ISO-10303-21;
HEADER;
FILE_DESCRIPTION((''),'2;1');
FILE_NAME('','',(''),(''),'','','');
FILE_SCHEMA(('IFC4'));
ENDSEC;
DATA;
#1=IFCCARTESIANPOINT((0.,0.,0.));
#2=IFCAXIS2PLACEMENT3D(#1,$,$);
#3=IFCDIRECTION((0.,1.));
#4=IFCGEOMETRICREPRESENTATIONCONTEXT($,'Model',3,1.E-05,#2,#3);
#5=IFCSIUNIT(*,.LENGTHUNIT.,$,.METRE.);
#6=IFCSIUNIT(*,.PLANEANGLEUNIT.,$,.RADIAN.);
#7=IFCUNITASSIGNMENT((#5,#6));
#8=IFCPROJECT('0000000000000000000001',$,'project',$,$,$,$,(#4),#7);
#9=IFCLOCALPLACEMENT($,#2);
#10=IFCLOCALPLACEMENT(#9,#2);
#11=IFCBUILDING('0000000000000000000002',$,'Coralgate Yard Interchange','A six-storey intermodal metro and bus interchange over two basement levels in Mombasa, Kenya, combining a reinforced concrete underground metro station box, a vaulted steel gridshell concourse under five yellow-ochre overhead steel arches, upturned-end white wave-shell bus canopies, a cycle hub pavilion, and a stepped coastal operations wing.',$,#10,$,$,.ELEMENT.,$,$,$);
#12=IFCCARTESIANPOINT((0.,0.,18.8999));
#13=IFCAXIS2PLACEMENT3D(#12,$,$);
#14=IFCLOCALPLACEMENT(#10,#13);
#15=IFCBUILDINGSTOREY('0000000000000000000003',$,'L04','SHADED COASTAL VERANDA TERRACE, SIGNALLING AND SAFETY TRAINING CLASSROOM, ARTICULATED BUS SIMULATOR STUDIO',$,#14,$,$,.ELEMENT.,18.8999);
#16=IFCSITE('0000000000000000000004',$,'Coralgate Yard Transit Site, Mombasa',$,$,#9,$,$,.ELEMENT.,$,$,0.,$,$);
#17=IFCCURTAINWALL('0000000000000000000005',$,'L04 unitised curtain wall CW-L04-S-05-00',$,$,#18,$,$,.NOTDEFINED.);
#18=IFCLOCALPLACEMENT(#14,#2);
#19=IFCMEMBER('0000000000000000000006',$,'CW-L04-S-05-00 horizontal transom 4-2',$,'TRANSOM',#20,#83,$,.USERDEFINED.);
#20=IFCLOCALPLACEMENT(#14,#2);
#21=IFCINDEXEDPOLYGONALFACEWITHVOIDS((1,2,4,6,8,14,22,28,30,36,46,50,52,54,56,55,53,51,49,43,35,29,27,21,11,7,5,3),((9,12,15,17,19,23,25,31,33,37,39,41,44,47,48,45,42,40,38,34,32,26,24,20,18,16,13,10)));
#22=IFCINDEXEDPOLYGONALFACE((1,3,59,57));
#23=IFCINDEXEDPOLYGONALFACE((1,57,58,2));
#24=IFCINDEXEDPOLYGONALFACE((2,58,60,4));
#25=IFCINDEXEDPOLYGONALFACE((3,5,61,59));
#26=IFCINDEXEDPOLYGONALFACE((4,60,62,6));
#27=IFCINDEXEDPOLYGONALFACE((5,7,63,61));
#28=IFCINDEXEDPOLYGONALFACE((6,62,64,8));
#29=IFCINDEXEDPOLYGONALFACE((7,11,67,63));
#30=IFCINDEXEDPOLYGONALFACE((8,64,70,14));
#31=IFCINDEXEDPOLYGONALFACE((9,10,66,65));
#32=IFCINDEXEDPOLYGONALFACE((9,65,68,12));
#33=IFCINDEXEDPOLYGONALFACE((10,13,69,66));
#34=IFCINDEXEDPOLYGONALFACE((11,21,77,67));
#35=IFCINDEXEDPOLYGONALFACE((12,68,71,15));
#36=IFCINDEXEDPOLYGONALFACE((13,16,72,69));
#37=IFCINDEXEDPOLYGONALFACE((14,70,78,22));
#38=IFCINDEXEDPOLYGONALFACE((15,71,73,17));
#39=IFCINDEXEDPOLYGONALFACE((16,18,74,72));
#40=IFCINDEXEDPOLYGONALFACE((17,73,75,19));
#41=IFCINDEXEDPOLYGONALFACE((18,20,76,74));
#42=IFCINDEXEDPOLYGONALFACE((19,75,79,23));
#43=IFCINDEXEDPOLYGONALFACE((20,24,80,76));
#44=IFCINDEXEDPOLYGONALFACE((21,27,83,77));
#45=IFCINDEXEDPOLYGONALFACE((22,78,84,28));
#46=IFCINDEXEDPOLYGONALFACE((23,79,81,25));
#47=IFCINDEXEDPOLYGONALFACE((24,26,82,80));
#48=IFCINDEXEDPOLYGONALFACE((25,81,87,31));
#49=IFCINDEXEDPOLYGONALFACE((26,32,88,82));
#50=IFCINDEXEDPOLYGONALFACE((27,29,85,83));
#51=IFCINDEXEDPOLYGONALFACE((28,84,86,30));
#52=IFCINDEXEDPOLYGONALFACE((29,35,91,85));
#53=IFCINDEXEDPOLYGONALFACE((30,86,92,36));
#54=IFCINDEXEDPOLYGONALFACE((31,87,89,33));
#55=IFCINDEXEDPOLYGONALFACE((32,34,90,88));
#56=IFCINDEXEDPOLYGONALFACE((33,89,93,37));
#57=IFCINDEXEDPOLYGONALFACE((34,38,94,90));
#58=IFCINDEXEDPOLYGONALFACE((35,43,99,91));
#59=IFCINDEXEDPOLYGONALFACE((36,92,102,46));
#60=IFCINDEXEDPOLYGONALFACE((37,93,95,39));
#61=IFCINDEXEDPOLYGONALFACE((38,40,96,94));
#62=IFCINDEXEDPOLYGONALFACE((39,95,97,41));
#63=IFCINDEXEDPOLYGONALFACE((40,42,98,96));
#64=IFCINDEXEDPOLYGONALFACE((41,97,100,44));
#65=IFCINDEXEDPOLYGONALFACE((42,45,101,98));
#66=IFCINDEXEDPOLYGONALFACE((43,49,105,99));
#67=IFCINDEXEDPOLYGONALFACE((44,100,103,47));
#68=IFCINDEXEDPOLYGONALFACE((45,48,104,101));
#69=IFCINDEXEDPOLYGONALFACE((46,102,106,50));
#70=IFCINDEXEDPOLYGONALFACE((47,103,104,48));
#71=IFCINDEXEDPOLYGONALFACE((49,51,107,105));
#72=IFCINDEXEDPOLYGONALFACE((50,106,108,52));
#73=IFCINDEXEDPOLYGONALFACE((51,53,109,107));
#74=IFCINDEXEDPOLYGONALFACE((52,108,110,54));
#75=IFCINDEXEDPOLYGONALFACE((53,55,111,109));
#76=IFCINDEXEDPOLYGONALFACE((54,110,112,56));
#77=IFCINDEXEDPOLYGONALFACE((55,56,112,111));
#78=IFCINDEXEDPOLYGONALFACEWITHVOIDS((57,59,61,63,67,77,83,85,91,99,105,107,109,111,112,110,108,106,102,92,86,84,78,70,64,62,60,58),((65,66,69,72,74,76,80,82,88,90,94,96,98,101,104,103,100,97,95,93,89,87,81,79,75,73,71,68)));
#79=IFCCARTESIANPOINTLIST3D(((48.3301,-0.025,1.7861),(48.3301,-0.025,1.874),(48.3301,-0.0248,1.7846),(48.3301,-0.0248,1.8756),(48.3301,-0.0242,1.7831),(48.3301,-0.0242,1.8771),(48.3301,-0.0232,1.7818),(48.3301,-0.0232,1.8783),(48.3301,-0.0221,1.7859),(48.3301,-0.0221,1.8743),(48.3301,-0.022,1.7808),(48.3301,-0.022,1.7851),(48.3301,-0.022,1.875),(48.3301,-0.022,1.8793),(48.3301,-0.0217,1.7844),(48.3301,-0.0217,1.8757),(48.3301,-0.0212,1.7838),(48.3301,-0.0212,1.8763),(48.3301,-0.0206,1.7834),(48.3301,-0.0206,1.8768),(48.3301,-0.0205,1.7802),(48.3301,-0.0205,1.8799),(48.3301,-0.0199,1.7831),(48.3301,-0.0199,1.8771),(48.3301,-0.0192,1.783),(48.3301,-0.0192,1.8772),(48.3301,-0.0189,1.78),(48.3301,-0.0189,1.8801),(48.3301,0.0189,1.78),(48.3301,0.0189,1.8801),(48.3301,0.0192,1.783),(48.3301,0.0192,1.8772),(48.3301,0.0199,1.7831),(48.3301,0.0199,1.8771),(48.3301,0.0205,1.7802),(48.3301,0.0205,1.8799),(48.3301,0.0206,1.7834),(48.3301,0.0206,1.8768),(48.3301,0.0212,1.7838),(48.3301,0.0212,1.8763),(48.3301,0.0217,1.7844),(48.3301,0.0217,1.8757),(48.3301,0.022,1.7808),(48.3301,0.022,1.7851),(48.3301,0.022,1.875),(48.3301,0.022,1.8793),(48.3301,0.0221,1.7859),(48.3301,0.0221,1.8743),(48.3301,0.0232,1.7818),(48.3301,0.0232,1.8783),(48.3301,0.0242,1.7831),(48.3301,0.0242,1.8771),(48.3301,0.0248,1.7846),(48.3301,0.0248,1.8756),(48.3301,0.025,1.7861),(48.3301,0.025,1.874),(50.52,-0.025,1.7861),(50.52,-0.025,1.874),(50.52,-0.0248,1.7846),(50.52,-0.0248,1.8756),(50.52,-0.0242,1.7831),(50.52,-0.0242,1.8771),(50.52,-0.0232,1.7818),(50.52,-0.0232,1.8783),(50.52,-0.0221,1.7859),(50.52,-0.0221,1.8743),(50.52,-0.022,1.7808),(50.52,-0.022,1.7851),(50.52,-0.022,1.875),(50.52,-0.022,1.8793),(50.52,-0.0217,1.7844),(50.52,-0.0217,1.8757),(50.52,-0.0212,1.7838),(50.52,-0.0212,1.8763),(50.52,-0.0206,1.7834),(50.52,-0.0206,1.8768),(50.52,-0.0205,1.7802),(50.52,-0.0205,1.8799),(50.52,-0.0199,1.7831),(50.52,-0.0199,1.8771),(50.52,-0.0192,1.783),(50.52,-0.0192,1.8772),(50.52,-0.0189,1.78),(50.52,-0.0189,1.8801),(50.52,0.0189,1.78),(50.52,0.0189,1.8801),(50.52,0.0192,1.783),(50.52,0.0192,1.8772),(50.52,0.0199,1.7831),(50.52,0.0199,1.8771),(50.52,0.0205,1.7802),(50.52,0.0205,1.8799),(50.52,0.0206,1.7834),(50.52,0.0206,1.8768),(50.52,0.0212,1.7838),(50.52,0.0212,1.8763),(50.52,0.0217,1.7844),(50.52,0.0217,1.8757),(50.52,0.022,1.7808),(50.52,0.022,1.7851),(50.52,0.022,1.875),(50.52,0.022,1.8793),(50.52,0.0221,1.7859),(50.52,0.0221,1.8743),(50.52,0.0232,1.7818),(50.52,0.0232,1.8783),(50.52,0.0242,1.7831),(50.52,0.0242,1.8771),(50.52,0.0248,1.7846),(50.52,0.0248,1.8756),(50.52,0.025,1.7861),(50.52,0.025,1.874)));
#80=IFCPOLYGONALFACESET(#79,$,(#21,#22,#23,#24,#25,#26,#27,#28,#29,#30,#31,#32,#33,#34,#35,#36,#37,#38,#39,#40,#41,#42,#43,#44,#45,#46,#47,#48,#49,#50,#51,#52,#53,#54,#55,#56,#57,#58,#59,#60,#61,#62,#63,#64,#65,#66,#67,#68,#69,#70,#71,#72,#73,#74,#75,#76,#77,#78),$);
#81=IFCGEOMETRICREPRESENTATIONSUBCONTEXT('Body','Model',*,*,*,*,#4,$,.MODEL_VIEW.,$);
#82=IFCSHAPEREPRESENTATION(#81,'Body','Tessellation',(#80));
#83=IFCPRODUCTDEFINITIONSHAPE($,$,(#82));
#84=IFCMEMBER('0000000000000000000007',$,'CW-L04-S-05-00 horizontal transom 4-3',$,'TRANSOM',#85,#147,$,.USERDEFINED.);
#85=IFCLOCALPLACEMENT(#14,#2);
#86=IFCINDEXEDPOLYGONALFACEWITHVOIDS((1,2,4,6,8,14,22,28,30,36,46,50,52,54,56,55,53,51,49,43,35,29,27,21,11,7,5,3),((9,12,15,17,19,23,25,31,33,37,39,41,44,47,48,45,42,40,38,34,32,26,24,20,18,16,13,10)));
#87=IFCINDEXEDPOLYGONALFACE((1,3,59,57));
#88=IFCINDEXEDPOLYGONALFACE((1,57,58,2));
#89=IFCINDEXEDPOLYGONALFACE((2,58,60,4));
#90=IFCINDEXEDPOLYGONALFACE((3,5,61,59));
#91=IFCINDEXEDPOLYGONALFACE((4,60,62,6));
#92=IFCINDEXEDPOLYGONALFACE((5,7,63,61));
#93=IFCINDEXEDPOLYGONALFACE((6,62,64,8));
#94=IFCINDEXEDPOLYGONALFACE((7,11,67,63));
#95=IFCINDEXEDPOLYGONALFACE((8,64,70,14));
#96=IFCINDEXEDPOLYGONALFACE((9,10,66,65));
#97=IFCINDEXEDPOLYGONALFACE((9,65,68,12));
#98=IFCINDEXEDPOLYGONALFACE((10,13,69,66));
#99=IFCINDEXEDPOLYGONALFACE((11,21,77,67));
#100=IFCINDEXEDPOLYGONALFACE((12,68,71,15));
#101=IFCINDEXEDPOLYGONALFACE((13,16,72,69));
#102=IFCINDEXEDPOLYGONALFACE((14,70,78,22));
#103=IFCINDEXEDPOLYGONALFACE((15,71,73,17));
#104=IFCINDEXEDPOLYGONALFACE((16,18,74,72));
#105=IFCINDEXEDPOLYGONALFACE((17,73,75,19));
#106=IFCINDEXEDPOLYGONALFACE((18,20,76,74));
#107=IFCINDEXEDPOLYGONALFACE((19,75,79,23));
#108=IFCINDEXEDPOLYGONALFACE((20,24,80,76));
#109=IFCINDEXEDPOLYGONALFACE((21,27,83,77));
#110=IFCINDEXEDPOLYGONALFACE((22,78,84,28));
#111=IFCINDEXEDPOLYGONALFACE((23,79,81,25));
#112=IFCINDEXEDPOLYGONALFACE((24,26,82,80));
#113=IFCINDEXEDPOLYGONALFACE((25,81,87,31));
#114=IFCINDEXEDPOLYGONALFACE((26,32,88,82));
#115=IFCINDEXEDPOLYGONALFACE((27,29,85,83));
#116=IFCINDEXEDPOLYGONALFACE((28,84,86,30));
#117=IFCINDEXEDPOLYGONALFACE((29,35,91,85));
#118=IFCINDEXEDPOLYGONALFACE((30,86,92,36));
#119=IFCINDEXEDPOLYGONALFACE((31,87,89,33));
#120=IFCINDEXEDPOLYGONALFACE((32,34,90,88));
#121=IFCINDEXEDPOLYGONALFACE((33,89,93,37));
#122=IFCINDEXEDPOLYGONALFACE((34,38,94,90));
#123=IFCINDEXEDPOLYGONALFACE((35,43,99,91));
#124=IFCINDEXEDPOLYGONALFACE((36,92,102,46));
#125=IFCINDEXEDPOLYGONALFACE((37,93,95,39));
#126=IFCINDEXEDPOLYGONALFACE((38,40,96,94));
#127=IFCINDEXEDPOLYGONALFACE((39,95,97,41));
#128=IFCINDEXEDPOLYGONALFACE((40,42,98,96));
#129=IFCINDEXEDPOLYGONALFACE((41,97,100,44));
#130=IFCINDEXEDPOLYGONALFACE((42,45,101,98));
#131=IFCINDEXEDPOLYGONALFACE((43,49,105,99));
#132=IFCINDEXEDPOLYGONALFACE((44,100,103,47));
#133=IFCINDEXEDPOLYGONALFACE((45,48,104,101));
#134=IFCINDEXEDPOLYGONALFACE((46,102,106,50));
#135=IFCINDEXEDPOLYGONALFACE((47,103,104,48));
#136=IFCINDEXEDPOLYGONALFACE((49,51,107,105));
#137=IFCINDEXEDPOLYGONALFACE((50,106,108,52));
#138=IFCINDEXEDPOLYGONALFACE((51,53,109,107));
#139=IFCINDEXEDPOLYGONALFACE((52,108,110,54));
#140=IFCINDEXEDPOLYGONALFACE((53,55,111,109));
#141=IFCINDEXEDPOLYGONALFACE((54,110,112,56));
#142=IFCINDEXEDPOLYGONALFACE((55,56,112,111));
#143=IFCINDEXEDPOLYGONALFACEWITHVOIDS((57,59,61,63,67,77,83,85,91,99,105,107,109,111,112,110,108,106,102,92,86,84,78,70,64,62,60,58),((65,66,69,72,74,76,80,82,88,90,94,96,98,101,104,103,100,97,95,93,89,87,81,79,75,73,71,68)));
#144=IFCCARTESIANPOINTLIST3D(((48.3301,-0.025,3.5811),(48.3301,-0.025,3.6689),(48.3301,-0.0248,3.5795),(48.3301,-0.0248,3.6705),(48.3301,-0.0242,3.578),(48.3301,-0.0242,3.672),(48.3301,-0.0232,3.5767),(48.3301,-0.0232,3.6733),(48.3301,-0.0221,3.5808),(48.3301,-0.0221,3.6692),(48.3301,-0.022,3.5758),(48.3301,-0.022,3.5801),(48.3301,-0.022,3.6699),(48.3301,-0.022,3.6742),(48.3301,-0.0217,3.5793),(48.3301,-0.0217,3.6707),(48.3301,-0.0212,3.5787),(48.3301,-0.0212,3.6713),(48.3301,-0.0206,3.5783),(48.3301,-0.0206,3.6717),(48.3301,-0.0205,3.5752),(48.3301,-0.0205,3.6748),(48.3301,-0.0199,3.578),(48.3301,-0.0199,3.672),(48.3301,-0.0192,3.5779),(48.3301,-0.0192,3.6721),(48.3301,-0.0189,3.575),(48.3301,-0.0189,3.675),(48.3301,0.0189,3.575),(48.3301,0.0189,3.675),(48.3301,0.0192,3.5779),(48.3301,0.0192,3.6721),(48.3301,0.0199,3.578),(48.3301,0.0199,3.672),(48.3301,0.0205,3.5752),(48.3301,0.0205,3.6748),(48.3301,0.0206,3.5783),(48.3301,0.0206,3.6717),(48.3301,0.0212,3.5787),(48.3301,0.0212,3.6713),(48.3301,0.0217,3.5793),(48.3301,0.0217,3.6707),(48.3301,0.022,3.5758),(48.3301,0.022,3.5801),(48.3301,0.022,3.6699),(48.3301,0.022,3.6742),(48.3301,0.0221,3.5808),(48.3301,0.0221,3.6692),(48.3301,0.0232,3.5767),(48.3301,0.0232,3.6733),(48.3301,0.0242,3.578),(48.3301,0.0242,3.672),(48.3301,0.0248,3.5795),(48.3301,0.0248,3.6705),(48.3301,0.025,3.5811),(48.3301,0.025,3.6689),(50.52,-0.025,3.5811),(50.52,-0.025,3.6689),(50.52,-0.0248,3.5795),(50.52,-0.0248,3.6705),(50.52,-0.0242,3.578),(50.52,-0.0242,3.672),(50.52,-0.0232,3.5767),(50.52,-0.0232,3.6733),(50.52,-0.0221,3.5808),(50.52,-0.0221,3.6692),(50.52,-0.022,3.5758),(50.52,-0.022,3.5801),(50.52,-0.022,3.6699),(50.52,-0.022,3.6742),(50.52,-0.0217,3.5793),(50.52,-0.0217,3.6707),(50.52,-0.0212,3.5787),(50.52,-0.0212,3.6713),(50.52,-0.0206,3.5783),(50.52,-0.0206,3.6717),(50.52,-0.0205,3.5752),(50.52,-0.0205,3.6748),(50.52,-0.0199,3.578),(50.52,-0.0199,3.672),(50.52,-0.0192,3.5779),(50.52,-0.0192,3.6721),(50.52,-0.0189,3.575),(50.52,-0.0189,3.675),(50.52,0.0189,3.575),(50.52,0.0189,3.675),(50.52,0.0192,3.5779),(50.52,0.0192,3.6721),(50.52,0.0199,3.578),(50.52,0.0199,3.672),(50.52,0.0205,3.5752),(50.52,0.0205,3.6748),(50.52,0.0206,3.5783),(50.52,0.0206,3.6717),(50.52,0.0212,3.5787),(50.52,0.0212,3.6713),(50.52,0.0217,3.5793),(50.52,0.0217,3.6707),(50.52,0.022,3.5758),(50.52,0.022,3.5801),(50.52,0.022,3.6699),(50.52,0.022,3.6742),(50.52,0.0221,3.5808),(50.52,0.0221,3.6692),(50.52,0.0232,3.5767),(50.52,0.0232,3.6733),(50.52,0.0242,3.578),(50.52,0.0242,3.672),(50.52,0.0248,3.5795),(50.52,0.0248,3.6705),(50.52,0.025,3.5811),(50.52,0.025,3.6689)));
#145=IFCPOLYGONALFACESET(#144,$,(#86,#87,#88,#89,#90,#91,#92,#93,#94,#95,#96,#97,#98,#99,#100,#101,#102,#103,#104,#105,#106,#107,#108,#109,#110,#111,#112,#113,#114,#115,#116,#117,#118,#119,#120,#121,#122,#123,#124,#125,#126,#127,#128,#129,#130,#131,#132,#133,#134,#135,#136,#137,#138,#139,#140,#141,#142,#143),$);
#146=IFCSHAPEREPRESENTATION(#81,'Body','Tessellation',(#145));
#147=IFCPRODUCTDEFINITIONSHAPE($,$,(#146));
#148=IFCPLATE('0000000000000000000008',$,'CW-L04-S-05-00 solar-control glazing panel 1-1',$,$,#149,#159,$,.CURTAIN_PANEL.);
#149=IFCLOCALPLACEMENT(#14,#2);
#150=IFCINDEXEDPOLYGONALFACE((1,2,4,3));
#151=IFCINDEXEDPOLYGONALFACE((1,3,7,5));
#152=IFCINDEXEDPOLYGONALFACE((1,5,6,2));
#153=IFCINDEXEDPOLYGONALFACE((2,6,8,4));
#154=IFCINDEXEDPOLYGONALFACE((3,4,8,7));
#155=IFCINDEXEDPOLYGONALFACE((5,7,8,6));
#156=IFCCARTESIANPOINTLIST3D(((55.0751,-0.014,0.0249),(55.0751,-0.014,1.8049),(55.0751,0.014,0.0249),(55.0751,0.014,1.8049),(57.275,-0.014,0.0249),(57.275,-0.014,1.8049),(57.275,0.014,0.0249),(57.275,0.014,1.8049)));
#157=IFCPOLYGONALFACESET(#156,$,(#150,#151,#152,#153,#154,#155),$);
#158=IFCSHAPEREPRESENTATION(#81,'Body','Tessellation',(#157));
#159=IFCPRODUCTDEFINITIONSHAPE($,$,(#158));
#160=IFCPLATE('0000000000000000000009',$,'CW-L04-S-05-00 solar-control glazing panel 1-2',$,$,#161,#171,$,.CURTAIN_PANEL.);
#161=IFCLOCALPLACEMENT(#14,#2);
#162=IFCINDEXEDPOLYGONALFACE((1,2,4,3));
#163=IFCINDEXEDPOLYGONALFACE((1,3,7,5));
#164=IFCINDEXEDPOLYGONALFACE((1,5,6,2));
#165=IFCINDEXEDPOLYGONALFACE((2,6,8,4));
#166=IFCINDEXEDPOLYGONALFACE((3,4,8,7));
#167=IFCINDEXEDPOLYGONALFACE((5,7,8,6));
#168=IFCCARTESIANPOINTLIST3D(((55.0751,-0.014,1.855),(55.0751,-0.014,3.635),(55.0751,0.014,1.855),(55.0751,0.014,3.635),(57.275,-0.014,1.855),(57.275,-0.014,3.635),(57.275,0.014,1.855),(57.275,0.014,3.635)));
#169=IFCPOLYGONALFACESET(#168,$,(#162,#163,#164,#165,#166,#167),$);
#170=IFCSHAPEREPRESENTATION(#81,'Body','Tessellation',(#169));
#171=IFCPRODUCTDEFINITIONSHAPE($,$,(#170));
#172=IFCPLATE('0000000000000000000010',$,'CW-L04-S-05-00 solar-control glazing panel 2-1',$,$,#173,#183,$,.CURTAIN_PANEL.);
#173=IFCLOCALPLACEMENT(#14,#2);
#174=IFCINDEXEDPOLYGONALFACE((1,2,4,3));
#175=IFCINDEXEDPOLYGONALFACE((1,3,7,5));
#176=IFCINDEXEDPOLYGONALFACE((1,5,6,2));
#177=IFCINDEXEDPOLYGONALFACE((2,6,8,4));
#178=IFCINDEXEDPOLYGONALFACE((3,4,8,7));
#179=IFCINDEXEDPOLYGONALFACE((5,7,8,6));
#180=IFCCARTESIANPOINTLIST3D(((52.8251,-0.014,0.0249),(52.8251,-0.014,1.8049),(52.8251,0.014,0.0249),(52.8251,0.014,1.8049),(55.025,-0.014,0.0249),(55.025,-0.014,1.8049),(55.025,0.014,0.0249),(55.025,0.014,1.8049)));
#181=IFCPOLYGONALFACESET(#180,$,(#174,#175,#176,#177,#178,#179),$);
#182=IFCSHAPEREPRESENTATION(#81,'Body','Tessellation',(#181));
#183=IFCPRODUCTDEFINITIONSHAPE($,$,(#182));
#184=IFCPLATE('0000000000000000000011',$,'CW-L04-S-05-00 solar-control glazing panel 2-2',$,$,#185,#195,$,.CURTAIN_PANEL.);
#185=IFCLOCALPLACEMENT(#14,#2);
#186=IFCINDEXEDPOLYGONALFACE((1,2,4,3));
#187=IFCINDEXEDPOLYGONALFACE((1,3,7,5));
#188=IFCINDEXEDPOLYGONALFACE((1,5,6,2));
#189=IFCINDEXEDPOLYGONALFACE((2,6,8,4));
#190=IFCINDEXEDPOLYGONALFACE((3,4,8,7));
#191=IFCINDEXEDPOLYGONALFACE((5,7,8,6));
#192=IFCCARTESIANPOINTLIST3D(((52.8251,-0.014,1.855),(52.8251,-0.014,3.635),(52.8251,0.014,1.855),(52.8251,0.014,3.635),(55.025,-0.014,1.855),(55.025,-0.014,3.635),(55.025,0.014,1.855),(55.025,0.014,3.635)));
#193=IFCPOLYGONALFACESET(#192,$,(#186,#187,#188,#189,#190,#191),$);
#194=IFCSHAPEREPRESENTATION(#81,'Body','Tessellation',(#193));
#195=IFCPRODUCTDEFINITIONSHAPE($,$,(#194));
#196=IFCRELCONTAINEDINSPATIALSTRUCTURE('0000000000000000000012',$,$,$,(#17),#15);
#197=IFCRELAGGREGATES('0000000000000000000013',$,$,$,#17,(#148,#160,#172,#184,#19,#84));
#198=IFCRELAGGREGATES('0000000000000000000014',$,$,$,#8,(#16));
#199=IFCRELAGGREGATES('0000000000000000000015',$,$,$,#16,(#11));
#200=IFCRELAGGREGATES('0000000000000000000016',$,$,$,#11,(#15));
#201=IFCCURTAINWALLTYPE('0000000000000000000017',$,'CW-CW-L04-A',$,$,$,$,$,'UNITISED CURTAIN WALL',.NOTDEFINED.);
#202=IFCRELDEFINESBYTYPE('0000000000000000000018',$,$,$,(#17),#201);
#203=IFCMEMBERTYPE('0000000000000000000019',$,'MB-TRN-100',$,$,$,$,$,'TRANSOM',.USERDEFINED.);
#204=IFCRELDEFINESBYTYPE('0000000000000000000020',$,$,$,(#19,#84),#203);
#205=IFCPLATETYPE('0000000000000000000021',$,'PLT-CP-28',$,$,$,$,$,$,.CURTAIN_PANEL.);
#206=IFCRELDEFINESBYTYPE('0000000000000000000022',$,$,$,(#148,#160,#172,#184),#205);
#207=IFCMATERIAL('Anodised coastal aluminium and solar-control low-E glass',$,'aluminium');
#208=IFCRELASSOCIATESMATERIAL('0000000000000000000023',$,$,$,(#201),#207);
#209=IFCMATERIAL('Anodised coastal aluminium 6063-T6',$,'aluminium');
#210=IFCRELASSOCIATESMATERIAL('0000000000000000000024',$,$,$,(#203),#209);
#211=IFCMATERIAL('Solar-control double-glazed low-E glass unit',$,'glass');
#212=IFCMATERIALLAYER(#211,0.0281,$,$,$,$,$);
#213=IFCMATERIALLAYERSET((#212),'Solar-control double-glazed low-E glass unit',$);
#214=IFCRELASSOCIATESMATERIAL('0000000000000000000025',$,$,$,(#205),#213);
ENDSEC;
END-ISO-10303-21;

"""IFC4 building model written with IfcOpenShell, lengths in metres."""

from ifc_helpers import new_model, si_unit, direction, frame, origin, origin_2d, place, context, subcontext, project, spatial, rectangle, hollow_rectangle, extrude, material, layer, layer_set, material_profile, profile_set, type_object, element, aggregate, save


model = new_model("IFC4")

# Units and contexts
model_context = context("Model", 3, precision=1e-05, world=origin(), true_north=direction((0.0, 1.0)))
body_context = subcontext(model_context, "Body", "Model", "MODEL_VIEW")
ifc_project = project(units=[si_unit("LENGTHUNIT", "METRE"), si_unit("PLANEANGLEUNIT", "RADIAN")], contexts=[model_context])

# Site, building, storey
site_placement = place(None, origin())
site = spatial("IfcSite", under=ifc_project, at=site_placement, Name="Coralgate Yard Transit Site, Mombasa", CompositionType="ELEMENT", RefElevation=0.0)
building_placement = place(site_placement, origin())
building = spatial("IfcBuilding", under=site, at=building_placement, Name="Coralgate Yard Interchange", Description="A six-storey intermodal metro and bus interchange over two basement levels in Mombasa, Kenya, combining a reinforced concrete underground metro station box, a vaulted steel gridshell concourse under five yellow-ochre overhead steel arches, upturned-end white wave-shell bus canopies, a cycle hub pavilion, and a stepped coastal operations wing.", CompositionType="ELEMENT")
storey_placement = place(building_placement, frame((0.0, 0.0, 18.8999)))
storey = spatial("IfcBuildingStorey", under=building, at=storey_placement, Name="L04", Description="SHADED COASTAL VERANDA TERRACE, SIGNALLING AND SAFETY TRAINING CLASSROOM, ARTICULATED BUS SIMULATOR STUDIO", CompositionType="ELEMENT", Elevation=18.8999)

# Curtain wall
ifc_material_1 = material(Name="Anodised coastal aluminium and solar-control low-E glass", Category="aluminium")
curtain_wall_type = type_object("IfcCurtainWallType", Name="CW-CW-L04-A", ElementType="UNITISED CURTAIN WALL", PredefinedType="NOTDEFINED", material=ifc_material_1)
curtain_wall_1_placement = place(storey_placement, origin())
curtain_wall_1 = element("IfcCurtainWall", 1, at=curtain_wall_1_placement, inside=storey, type_object=curtain_wall_type, Name="L04 unitised curtain wall CW-L04-S-05-00", PredefinedType="NOTDEFINED")
ifc_material_2 = material(Name="Anodised coastal aluminium 6063-T6", Category="aluminium")

# Members
ifc_material_profile_1 = material_profile(ifc_material_2, hollow_rectangle(XDim=0.05, YDim=0.1001, WallThickness=0.0029, InnerFilletRadius=0.0029, OuterFilletRadius=0.0061, at=origin_2d()), Name="ALU 50x100x3")
ifc_profile_set_1 = profile_set([ifc_material_profile_1], Name="Anodised coastal aluminium 6063-T6")
member_type_1 = type_object("IfcMemberType", Name="MB-TRN-100", ElementType="TRANSOM", PredefinedType="USERDEFINED", material=ifc_profile_set_1)
member_1_placement = place(storey_placement, frame((50.52, 0.0, 1.8301), z_axis=(-1.0, 0.0, 0.0), x_axis=(0.0, -1.0, 0.0)))
member_1 = element("IfcMember", 2, at=member_1_placement, type_object=member_type_1, Name="CW-L04-S-05-00 horizontal transom 4-2", ObjectType="TRANSOM", PredefinedType="USERDEFINED", context=body_context, shape_type="SweptSolid", body=[
    extrude(hollow_rectangle(XDim=0.05, YDim=0.1001, WallThickness=0.0029, InnerFilletRadius=0.0029, OuterFilletRadius=0.0061, at=origin_2d()), origin(), (0.0, 0.0, 1.0), 2.1899),
])
member_2_placement = place(storey_placement, frame((50.52, 0.0, 3.625), z_axis=(-1.0, 0.0, 0.0), x_axis=(0.0, -1.0, 0.0)))
member_2 = element("IfcMember", 3, at=member_2_placement, type_object=member_type_1, Name="CW-L04-S-05-00 horizontal transom 4-3", ObjectType="TRANSOM", PredefinedType="USERDEFINED", context=body_context, shape_type="SweptSolid", body=[
    extrude(hollow_rectangle(XDim=0.05, YDim=0.1001, WallThickness=0.0029, InnerFilletRadius=0.0029, OuterFilletRadius=0.0061, at=origin_2d()), origin(), (0.0, 0.0, 1.0), 2.1899),
])

# Plates
ifc_material_3 = material(Name="Solar-control double-glazed low-E glass unit", Category="glass")
ifc_layer = layer(ifc_material_3, 0.0281)
ifc_layer_set = layer_set([ifc_layer], Name="Solar-control double-glazed low-E glass unit")
plate_type = type_object("IfcPlateType", Name="PLT-CP-28", PredefinedType="CURTAIN_PANEL", material=ifc_layer_set)
plate_1_placement = place(storey_placement, frame((56.175, 0.0, 0.0249), z_axis=(0.0, 0.0, 1.0), x_axis=(-1.0, 0.0, 0.0)))
plate_1 = element("IfcPlate", 4, at=plate_1_placement, type_object=plate_type, Name="CW-L04-S-05-00 solar-control glazing panel 1-1", PredefinedType="CURTAIN_PANEL", context=body_context, shape_type="SweptSolid", body=[
    extrude(rectangle(XDim=2.2, YDim=0.0281, at=origin_2d()), origin(), (0.0, 0.0, 1.0), 1.78),
])
plate_2_placement = place(storey_placement, frame((56.175, 0.0, 1.855), z_axis=(0.0, 0.0, 1.0), x_axis=(-1.0, 0.0, 0.0)))
plate_2 = element("IfcPlate", 5, at=plate_2_placement, type_object=plate_type, Name="CW-L04-S-05-00 solar-control glazing panel 1-2", PredefinedType="CURTAIN_PANEL", context=body_context, shape_type="SweptSolid", body=[
    extrude(rectangle(XDim=2.2, YDim=0.0281, at=origin_2d()), origin(), (0.0, 0.0, 1.0), 1.78),
])
plate_3_placement = place(storey_placement, frame((53.925, 0.0, 0.0249), z_axis=(0.0, 0.0, 1.0), x_axis=(-1.0, 0.0, 0.0)))
plate_3 = element("IfcPlate", 6, at=plate_3_placement, type_object=plate_type, Name="CW-L04-S-05-00 solar-control glazing panel 2-1", PredefinedType="CURTAIN_PANEL", context=body_context, shape_type="SweptSolid", body=[
    extrude(rectangle(XDim=2.2, YDim=0.0281, at=origin_2d()), origin(), (0.0, 0.0, 1.0), 1.78),
])
plate_4_placement = place(storey_placement, frame((53.925, 0.0, 1.855), z_axis=(0.0, 0.0, 1.0), x_axis=(-1.0, 0.0, 0.0)))
plate_4 = element("IfcPlate", 7, at=plate_4_placement, type_object=plate_type, Name="CW-L04-S-05-00 solar-control glazing panel 2-2", PredefinedType="CURTAIN_PANEL", context=body_context, shape_type="SweptSolid", body=[
    extrude(rectangle(XDim=2.2, YDim=0.0281, at=origin_2d()), origin(), (0.0, 0.0, 1.0), 1.78),
])
aggregate(curtain_wall_1, [plate_1, plate_2, plate_3, plate_4, member_1, member_2])

save(model, "model.ifc")
